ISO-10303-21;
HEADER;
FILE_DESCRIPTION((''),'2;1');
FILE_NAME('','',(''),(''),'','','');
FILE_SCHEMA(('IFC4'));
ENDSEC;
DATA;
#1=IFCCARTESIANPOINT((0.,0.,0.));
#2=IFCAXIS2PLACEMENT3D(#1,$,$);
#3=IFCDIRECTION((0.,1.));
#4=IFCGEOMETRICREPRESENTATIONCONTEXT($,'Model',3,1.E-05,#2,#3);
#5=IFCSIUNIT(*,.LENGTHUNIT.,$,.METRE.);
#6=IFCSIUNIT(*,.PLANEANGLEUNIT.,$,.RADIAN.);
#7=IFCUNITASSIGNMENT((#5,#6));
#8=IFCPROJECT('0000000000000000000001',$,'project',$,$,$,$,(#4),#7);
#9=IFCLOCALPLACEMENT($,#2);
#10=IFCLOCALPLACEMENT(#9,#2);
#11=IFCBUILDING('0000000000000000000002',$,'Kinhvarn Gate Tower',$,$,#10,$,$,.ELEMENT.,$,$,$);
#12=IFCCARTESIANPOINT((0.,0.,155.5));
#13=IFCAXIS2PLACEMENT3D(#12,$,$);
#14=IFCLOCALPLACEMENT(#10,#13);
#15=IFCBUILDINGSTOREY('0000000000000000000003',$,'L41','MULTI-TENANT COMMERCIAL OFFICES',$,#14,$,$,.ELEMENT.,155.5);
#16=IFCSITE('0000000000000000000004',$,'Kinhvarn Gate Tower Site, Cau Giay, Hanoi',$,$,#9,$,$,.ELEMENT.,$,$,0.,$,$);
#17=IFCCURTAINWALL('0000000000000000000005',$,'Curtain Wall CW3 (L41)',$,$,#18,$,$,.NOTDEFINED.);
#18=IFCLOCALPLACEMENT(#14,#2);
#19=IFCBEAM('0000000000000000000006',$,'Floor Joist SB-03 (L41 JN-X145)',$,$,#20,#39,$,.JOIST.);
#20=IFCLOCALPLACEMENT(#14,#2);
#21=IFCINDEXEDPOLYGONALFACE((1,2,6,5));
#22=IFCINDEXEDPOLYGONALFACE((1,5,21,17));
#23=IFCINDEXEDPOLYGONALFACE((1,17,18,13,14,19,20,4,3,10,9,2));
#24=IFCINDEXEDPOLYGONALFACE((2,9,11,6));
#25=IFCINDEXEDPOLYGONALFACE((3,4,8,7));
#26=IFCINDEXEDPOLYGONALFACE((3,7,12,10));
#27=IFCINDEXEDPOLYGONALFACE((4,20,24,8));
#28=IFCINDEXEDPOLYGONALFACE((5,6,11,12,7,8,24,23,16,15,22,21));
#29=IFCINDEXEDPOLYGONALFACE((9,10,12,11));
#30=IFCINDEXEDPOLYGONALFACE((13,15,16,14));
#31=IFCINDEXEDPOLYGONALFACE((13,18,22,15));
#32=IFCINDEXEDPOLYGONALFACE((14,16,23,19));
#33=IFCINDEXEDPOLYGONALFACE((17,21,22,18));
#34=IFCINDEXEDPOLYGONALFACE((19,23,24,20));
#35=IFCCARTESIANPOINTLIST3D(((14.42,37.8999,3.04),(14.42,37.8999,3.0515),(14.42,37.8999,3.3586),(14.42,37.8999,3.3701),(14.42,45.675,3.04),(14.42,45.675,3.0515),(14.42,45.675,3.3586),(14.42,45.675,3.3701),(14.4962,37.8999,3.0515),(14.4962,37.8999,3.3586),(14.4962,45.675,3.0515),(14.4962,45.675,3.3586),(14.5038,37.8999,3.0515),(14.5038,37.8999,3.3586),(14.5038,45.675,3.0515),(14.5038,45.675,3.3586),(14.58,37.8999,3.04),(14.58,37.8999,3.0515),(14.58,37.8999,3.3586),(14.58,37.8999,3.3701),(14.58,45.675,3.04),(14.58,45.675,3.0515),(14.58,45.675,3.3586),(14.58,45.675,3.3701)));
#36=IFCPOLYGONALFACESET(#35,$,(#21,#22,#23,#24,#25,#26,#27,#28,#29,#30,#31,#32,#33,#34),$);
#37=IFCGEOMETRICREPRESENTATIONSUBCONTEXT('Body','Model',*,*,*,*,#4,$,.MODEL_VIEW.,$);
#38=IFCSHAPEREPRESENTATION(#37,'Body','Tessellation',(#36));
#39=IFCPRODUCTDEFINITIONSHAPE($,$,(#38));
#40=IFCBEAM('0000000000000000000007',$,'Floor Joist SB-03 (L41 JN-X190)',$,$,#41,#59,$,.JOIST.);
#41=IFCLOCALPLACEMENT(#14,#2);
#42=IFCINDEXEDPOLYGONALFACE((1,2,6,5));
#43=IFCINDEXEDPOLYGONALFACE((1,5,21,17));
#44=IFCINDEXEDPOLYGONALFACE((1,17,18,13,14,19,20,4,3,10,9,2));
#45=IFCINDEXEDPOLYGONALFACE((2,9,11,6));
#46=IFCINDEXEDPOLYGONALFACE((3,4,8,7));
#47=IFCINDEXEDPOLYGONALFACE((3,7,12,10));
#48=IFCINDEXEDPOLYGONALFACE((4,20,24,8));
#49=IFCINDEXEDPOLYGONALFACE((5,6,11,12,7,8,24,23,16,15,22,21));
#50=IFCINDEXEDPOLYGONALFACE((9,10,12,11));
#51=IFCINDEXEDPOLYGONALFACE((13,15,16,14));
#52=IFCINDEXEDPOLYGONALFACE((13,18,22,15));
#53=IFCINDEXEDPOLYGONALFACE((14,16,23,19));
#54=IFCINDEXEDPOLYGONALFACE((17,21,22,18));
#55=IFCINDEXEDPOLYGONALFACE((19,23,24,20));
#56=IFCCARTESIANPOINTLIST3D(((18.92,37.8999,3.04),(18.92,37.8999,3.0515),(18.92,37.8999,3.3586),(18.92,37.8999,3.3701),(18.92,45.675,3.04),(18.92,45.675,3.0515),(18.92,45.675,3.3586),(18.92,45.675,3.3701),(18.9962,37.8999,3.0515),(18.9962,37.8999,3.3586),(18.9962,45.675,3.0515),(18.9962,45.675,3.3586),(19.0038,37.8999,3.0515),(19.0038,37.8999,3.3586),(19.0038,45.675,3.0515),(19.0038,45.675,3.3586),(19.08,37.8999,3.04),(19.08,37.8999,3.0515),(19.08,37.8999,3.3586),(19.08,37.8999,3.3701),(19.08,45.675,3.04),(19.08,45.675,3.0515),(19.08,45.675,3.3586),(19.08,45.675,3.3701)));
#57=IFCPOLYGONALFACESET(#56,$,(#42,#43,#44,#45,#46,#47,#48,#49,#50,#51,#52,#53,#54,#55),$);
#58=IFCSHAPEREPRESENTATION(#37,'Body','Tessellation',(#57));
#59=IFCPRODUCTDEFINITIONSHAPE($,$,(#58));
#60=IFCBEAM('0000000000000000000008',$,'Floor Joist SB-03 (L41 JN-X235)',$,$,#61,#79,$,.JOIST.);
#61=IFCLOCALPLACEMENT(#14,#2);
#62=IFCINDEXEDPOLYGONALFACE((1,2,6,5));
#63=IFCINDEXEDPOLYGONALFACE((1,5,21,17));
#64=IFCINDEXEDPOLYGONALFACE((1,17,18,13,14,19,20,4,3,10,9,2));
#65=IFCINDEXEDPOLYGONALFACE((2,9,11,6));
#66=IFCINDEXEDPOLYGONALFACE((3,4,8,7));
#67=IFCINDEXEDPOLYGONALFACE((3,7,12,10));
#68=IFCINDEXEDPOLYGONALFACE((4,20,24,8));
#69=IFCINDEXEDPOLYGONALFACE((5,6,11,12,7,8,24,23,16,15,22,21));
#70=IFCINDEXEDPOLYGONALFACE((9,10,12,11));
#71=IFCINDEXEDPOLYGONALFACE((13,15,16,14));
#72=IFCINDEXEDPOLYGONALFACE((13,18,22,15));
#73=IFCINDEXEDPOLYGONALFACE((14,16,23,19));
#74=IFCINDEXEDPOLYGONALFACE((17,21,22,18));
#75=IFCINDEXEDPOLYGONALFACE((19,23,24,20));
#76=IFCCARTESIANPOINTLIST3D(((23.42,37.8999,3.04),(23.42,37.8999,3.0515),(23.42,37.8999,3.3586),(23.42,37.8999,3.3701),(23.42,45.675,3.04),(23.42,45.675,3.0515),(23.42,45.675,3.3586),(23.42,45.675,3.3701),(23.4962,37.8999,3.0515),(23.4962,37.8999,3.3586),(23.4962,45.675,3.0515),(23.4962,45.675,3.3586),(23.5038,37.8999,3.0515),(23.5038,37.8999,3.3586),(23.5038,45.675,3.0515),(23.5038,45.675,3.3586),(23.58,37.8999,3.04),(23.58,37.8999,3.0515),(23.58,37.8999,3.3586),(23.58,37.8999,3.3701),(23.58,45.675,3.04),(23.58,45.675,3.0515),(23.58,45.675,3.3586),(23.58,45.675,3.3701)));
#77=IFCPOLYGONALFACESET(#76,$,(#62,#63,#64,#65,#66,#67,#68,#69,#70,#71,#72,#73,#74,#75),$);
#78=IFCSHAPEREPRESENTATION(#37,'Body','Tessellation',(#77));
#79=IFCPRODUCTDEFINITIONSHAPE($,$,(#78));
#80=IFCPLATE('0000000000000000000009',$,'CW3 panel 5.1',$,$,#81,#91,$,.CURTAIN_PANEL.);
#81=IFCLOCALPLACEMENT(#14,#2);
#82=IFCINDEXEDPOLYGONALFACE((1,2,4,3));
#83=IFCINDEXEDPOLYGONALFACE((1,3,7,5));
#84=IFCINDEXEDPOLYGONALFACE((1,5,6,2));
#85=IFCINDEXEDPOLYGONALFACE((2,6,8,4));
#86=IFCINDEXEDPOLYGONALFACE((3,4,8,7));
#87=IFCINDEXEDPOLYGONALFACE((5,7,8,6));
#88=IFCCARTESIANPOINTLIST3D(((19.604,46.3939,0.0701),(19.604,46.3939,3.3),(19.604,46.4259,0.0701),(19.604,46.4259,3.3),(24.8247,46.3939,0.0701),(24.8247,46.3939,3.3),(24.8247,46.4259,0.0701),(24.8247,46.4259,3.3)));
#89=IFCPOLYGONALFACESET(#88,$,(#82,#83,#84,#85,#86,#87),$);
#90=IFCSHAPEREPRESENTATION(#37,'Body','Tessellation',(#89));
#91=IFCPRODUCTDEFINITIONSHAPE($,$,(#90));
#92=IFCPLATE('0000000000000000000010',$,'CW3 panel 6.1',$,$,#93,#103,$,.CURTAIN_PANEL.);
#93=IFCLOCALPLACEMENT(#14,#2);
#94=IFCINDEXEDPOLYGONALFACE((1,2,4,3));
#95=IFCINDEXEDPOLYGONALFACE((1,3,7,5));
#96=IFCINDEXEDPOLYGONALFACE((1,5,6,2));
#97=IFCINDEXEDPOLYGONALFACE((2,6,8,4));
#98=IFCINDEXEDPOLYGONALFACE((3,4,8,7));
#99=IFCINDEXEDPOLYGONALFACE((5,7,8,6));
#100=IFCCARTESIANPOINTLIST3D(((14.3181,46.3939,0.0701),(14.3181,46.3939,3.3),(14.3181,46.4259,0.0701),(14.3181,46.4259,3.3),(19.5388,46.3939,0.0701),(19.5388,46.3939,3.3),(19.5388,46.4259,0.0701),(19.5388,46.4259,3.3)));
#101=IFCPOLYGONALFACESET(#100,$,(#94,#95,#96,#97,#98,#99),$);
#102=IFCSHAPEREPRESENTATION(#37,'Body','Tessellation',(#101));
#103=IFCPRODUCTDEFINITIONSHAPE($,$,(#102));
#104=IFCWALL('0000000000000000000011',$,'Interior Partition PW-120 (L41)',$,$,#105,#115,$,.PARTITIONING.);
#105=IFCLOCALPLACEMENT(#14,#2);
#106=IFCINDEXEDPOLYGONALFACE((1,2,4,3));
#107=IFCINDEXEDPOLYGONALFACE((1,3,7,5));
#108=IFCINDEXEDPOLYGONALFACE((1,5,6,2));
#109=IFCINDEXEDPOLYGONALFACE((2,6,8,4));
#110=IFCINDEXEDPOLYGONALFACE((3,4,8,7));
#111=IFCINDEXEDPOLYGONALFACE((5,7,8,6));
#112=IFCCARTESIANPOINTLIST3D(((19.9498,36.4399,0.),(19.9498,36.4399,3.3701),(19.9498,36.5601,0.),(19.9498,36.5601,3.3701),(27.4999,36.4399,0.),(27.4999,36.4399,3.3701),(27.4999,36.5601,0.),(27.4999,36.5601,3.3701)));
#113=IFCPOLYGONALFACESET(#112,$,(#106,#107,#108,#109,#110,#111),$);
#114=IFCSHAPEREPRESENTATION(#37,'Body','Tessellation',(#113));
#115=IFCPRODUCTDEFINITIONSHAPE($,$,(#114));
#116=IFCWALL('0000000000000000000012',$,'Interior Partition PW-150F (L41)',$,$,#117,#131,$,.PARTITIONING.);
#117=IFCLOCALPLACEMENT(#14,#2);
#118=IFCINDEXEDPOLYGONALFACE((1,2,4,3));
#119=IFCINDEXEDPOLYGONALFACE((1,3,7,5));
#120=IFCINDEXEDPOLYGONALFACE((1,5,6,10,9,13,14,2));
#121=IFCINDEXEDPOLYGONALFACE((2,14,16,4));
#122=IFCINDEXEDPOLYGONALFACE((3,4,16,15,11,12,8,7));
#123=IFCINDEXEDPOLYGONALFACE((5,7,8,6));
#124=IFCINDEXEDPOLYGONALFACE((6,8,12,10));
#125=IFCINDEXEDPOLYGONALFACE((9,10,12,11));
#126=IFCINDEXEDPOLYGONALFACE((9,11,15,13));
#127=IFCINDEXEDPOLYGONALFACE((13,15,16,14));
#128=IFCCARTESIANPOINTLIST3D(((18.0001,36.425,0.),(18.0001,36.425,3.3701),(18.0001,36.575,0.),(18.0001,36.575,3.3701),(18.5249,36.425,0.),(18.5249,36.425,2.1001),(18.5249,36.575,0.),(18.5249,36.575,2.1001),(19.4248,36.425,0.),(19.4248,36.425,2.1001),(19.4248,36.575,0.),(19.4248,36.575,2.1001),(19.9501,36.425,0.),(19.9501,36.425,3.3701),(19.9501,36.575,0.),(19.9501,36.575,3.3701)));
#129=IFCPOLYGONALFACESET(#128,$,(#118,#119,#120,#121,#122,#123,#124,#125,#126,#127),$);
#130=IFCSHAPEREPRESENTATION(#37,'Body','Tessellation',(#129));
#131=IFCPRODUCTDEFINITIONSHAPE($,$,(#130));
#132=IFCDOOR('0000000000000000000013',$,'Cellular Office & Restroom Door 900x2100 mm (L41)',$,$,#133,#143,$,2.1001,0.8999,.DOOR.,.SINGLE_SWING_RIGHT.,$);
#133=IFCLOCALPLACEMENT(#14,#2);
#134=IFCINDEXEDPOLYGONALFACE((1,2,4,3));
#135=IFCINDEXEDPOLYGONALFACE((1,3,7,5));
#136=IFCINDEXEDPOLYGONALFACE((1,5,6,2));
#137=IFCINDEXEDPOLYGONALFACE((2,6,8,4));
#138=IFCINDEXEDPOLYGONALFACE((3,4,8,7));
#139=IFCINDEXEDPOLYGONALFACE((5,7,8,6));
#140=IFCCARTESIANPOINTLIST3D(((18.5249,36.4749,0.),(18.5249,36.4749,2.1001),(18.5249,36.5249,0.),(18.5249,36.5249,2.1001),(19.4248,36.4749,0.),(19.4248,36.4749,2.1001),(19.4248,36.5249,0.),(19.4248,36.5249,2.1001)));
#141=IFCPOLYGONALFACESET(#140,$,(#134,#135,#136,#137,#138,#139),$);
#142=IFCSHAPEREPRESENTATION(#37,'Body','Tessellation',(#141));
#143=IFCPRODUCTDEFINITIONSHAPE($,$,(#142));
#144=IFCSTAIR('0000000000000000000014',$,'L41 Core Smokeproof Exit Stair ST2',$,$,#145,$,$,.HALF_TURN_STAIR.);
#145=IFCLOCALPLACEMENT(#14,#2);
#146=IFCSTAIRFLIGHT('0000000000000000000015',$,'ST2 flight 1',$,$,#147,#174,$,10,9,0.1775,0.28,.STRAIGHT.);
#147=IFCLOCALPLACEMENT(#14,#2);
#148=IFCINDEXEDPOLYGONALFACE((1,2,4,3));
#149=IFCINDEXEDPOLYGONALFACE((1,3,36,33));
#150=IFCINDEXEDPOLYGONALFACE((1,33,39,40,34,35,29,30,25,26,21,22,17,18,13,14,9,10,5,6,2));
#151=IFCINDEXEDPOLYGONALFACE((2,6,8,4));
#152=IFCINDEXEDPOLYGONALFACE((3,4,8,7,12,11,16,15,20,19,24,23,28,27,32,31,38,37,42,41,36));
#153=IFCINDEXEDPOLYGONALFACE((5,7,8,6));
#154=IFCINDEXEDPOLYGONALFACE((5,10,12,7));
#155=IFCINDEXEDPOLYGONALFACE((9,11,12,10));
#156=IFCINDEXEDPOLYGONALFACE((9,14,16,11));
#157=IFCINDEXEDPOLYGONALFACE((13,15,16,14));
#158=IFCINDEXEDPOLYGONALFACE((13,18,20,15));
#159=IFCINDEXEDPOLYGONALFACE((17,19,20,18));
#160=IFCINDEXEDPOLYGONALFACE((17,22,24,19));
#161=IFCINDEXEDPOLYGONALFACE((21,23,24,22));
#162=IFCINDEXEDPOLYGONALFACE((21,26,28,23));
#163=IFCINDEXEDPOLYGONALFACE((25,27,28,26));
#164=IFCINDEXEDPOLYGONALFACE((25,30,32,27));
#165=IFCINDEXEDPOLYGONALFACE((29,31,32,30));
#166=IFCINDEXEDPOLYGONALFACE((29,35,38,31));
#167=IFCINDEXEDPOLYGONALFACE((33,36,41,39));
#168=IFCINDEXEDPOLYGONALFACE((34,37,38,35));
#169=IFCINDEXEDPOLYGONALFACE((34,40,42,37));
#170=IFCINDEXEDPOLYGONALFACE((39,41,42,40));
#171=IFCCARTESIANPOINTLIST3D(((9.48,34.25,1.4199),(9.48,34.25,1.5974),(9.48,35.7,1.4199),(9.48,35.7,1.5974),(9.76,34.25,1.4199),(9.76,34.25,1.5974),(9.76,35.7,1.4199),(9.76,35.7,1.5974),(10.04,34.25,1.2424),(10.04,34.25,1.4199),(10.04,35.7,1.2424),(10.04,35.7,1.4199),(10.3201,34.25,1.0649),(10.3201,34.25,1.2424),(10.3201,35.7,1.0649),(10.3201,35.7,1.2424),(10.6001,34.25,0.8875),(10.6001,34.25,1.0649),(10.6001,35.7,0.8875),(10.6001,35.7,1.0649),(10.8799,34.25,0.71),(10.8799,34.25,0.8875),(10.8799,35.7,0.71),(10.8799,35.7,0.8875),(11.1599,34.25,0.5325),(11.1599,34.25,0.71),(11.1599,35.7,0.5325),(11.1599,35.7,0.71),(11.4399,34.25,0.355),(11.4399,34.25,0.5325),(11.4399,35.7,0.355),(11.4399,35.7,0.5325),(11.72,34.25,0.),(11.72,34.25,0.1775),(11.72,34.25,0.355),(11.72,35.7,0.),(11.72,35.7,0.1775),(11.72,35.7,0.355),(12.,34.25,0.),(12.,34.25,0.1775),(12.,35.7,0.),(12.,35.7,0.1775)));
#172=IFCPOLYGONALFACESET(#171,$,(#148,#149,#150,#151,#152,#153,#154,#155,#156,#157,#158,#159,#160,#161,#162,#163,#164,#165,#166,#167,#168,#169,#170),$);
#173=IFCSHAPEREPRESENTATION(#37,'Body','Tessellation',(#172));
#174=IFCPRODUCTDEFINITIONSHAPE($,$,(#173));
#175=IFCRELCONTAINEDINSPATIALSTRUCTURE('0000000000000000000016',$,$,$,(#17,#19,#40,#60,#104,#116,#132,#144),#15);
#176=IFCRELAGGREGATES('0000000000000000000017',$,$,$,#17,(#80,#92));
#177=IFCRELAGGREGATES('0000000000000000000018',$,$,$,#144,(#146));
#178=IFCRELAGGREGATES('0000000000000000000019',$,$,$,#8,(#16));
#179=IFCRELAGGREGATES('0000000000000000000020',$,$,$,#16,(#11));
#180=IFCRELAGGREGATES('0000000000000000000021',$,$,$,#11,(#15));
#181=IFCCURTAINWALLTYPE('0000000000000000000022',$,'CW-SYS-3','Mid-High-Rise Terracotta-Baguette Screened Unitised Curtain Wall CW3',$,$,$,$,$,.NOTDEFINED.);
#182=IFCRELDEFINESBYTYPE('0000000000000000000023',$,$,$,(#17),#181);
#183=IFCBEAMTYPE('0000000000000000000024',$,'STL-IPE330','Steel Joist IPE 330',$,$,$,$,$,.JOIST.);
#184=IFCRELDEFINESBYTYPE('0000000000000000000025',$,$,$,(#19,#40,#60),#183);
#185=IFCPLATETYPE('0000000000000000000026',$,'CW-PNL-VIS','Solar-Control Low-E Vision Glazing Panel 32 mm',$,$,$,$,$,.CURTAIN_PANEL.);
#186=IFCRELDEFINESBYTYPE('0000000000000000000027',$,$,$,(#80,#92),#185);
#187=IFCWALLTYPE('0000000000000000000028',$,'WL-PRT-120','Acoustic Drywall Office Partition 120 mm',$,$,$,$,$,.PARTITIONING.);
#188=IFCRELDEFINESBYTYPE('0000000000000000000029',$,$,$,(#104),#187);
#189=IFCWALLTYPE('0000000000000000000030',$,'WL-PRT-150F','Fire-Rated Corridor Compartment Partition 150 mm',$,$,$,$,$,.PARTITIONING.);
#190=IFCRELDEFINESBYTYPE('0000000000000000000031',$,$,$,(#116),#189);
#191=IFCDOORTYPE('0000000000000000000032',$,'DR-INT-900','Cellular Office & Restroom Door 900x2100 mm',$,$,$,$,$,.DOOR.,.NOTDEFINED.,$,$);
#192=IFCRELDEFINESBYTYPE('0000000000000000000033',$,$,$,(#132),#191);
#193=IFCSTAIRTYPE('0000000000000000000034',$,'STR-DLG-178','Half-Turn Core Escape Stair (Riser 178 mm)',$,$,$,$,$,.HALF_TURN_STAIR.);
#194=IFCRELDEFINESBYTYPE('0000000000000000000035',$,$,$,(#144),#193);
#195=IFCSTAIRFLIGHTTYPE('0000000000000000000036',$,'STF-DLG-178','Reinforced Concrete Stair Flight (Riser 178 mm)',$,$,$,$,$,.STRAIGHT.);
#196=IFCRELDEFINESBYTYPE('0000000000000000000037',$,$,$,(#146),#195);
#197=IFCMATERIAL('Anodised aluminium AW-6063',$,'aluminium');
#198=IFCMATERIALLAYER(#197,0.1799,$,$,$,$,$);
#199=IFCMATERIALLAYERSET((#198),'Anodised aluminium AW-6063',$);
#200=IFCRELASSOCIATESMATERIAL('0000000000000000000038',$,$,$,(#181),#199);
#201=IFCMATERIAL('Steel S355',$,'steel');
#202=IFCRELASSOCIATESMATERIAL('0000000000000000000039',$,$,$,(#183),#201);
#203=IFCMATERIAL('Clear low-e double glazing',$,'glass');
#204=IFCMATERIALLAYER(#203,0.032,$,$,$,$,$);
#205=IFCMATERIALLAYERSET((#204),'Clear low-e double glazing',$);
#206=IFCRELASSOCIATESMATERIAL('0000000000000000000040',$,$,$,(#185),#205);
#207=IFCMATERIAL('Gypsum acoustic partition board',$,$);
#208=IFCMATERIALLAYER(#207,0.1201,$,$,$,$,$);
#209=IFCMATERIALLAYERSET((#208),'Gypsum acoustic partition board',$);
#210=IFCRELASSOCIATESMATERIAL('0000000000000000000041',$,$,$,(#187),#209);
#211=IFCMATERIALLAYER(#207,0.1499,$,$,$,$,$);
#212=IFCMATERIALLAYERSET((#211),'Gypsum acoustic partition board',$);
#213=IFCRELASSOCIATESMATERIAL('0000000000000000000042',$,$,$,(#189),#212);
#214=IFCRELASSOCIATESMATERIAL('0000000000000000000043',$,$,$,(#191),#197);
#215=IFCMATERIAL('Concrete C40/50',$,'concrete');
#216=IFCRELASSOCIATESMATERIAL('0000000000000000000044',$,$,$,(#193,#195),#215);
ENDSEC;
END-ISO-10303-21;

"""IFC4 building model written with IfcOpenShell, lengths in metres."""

from ifc_helpers import new_model, si_unit, direction, frame, frame_2d, origin, origin_2d, place, context, subcontext, project, spatial, polyline, rectangle, i_section, outline, extrude, material, layer, layer_set, material_profile, profile_set, type_object, element, fill, aggregate, save


model = new_model("IFC4")

# Units and contexts
model_context = context("Model", 3, precision=1e-05, world=origin(), true_north=direction((0.0, 1.0)))
body_context = subcontext(model_context, "Body", "Model", "MODEL_VIEW")
ifc_project = project(units=[si_unit("LENGTHUNIT", "METRE"), si_unit("PLANEANGLEUNIT", "RADIAN")], contexts=[model_context])

# Site, building, storey
site_placement = place(None, origin())
site = spatial("IfcSite", under=ifc_project, at=site_placement, Name="Kinhvarn Gate Tower Site, Cau Giay, Hanoi", CompositionType="ELEMENT", RefElevation=0.0)
building_placement = place(site_placement, origin())
building = spatial("IfcBuilding", under=site, at=building_placement, Name="Kinhvarn Gate Tower", CompositionType="ELEMENT")
storey_placement = place(building_placement, frame((0.0, 0.0, 155.5)))
storey = spatial("IfcBuildingStorey", under=building, at=storey_placement, Name="L41", Description="MULTI-TENANT COMMERCIAL OFFICES", CompositionType="ELEMENT", Elevation=155.5)

# Curtain wall
ifc_material_1 = material(Name="Anodised aluminium AW-6063", Category="aluminium")
ifc_layer_1 = layer(ifc_material_1, 0.1799)
ifc_layer_set_1 = layer_set([ifc_layer_1], Name="Anodised aluminium AW-6063")
curtain_wall_type = type_object("IfcCurtainWallType", Name="CW-SYS-3", Description="Mid-High-Rise Terracotta-Baguette Screened Unitised Curtain Wall CW3", PredefinedType="NOTDEFINED", material=ifc_layer_set_1)
curtain_wall_placement = place(storey_placement, origin())
curtain_wall = element("IfcCurtainWall", 1, at=curtain_wall_placement, inside=storey, type_object=curtain_wall_type, Name="Curtain Wall CW3 (L41)", PredefinedType="NOTDEFINED")

# Beams
ifc_material_2 = material(Name="Steel S355", Category="steel")
ifc_material_profile_1 = material_profile(ifc_material_2, i_section(OverallWidth=0.1599, OverallDepth=0.3301, WebThickness=0.0076, FlangeThickness=0.0115, at=origin_2d()), Name="IPE 330")
ifc_profile_set_1 = profile_set([ifc_material_profile_1], Name="Steel S355")
beam_type_1 = type_object("IfcBeamType", Name="STL-IPE330", Description="Steel Joist IPE 330", PredefinedType="JOIST", material=ifc_profile_set_1)
for number, where, z_axis, x_axis, name in (
    (2, (14.5, 37.8999, 3.2051), (0.0, 1.0, 0.0), (-1.0, 0.0, 0.0), "Floor Joist SB-03 (L41 JN-X145)"),
    (3, (19.0, 37.8999, 3.2051), (0.0, 1.0, 0.0), (-1.0, 0.0, 0.0), "Floor Joist SB-03 (L41 JN-X190)"),
    (4, (23.5, 37.8999, 3.2051), (0.0, 1.0, 0.0), (-1.0, 0.0, 0.0), "Floor Joist SB-03 (L41 JN-X235)"),
):
    element("IfcBeam", number, at=place(storey_placement, frame(where, z_axis=z_axis, x_axis=x_axis)), inside=storey, type_object=beam_type_1, Name=name, PredefinedType="JOIST", context=body_context, shape_type="SweptSolid", body=[
        extrude(i_section(OverallWidth=0.1599, OverallDepth=0.3301, WebThickness=0.0076, FlangeThickness=0.0115, at=origin_2d()), origin(), (0.0, 0.0, 1.0), 7.7751),
    ])

# Plates
ifc_material_3 = material(Name="Clear low-e double glazing", Category="glass")
ifc_layer_2 = layer(ifc_material_3, 0.032)
ifc_layer_set_2 = layer_set([ifc_layer_2], Name="Clear low-e double glazing")
plate_type = type_object("IfcPlateType", Name="CW-PNL-VIS", Description="Solar-Control Low-E Vision Glazing Panel 32 mm", PredefinedType="CURTAIN_PANEL", material=ifc_layer_set_2)
plate_1_placement = place(storey_placement, frame((22.2144, 46.4099, 0.0701), z_axis=(0.0, 0.0, 1.0), x_axis=(-1.0, 0.0, 0.0)))
plate_1 = element("IfcPlate", 5, at=plate_1_placement, type_object=plate_type, Name="CW3 panel 5.1", PredefinedType="CURTAIN_PANEL", context=body_context, shape_type="SweptSolid", body=[
    extrude(rectangle(XDim=5.2207, YDim=0.032, at=origin_2d()), origin(), (0.0, 0.0, 1.0), 3.23),
])
plate_2_placement = place(storey_placement, frame((16.9285, 46.4099, 0.0701), z_axis=(0.0, 0.0, 1.0), x_axis=(-1.0, 0.0, 0.0)))
plate_2 = element("IfcPlate", 6, at=plate_2_placement, type_object=plate_type, Name="CW3 panel 6.1", PredefinedType="CURTAIN_PANEL", context=body_context, shape_type="SweptSolid", body=[
    extrude(rectangle(XDim=5.2207, YDim=0.032, at=origin_2d()), origin(), (0.0, 0.0, 1.0), 3.23),
])
aggregate(curtain_wall, [plate_1, plate_2])

# Wall
ifc_material_4 = material(Name="Gypsum acoustic partition board")
ifc_layer_3 = layer(ifc_material_4, 0.1201)
ifc_layer_set_3 = layer_set([ifc_layer_3], Name="Gypsum acoustic partition board")
wall_type_1 = type_object("IfcWallType", Name="WL-PRT-120", Description="Acoustic Drywall Office Partition 120 mm", PredefinedType="PARTITIONING", material=ifc_layer_set_3)
wall_1_placement = place(storey_placement, frame((19.95, 36.5, 0.0), z_axis=(0.0, 0.0, 1.0), x_axis=(1.0, 0.0, 0.0)))
element("IfcWall", 7, at=wall_1_placement, inside=storey, type_object=wall_type_1, Name="Interior Partition PW-120 (L41)", PredefinedType="PARTITIONING", context=body_context, shape_type="SweptSolid", body=[
    extrude(rectangle(XDim=7.55, YDim=0.1201, at=frame_2d((3.7749, 0.0))), origin(), (0.0, 0.0, 1.0), 3.3701),
])

# Wall, opening, door
ifc_layer_4 = layer(ifc_material_4, 0.1499)
ifc_layer_set_4 = layer_set([ifc_layer_4], Name="Gypsum acoustic partition board")
wall_type_2 = type_object("IfcWallType", Name="WL-PRT-150F", Description="Fire-Rated Corridor Compartment Partition 150 mm", PredefinedType="PARTITIONING", material=ifc_layer_set_4)
wall_2_placement = place(storey_placement, frame((18.0, 36.5, 0.0), z_axis=(0.0, 0.0, 1.0), x_axis=(1.0, 0.0, 0.0)))
wall_2 = element("IfcWall", 8, at=wall_2_placement, inside=storey, type_object=wall_type_2, Name="Interior Partition PW-150F (L41)", PredefinedType="PARTITIONING", context=body_context, shape_type="SweptSolid", body=[
    extrude(rectangle(XDim=1.95, YDim=0.1499, at=frame_2d((0.9751, 0.0))), origin(), (0.0, 0.0, 1.0), 3.3701),
])
opening_1_placement = place(wall_2_placement, frame((0.5249, 0.0, 0.0)))
opening_1 = element("IfcOpeningElement", 9, at=opening_1_placement, cuts=wall_2, PredefinedType="OPENING", context=body_context, shape_type="SweptSolid", body=[
    extrude(rectangle(XDim=0.8999, YDim=2.1001, at=frame_2d((0.45, 1.05))), frame((0.0, 0.085, 0.0), z_axis=(0.0, -1.0, 0.0), x_axis=(1.0, 0.0, 0.0)), (0.0, 0.0, 1.0), 0.1699),
])
door_type_1 = type_object("IfcDoorType", Name="DR-INT-900", Description="Cellular Office & Restroom Door 900x2100 mm", OperationType="NOTDEFINED", PredefinedType="DOOR", material=ifc_material_1)
door_1_placement = place(opening_1_placement, origin())
door_1 = element("IfcDoor", 10, at=door_1_placement, inside=storey, type_object=door_type_1, Name="Cellular Office & Restroom Door 900x2100 mm (L41)", OperationType="SINGLE_SWING_RIGHT", OverallHeight=2.1001, OverallWidth=0.8999, PredefinedType="DOOR", context=body_context, shape_type="SweptSolid", body=[
    extrude(rectangle(XDim=0.8999, YDim=2.1001, at=frame_2d((0.45, 1.05))), frame((0.0, 0.0249, 0.0), z_axis=(0.0, -1.0, 0.0), x_axis=(1.0, 0.0, 0.0)), (0.0, 0.0, 1.0), 0.05),
])
fill(opening_1, door_1)
ifc_material_5 = material(Name="Concrete C40/50", Category="concrete")

# Stair, stair flight
stair_type = type_object("IfcStairType", Name="STR-DLG-178", Description="Half-Turn Core Escape Stair (Riser 178 mm)", PredefinedType="HALF_TURN_STAIR", material=ifc_material_5)
stair_placement = place(storey_placement, origin())
stair = element("IfcStair", 11, at=stair_placement, inside=storey, type_object=stair_type, Name="L41 Core Smokeproof Exit Stair ST2", PredefinedType="HALF_TURN_STAIR")
stair_flight_type = type_object("IfcStairFlightType", Name="STF-DLG-178", Description="Reinforced Concrete Stair Flight (Riser 178 mm)", PredefinedType="STRAIGHT", material=ifc_material_5)
stair_flight_placement = place(storey_placement, frame((12.0, 34.9751, 0.0), z_axis=(0.0, 0.0, 1.0), x_axis=(-1.0, 0.0, 0.0)))
stair_flight = element("IfcStairFlight", 12, at=stair_flight_placement, type_object=stair_flight_type, Name="ST2 flight 1", NumberOfRisers=10, NumberOfTreads=9, PredefinedType="STRAIGHT", RiserHeight=0.1775, TreadLength=0.28, context=body_context, shape_type="SweptSolid", body=[
    extrude(outline(polyline([(0.0, 0.0), (0.0, 0.1775), (0.28, 0.1775), (0.28, 0.355), (0.5601, 0.355), (0.5601, 0.5325), (0.8401, 0.5325), (0.8401, 0.71), (1.1201, 0.71), (1.1201, 0.8875), (1.3999, 0.8875), (1.3999, 1.0649), (1.6799, 1.0649), (1.6799, 1.2424), (1.96, 1.2424), (1.96, 1.4199), (2.24, 1.4199), (2.24, 1.5974), (2.52, 1.5974), (2.52, 1.7749), (2.52, 1.4199), (0.28, 0.0), (0.0, 0.0)])), frame((0.0, 0.7251, 0.0), z_axis=(0.0, -1.0, 0.0), x_axis=(1.0, 0.0, 0.0)), (0.0, 0.0, 1.0), 1.45),
])
aggregate(stair, [stair_flight])

save(model, "model.ifc")
